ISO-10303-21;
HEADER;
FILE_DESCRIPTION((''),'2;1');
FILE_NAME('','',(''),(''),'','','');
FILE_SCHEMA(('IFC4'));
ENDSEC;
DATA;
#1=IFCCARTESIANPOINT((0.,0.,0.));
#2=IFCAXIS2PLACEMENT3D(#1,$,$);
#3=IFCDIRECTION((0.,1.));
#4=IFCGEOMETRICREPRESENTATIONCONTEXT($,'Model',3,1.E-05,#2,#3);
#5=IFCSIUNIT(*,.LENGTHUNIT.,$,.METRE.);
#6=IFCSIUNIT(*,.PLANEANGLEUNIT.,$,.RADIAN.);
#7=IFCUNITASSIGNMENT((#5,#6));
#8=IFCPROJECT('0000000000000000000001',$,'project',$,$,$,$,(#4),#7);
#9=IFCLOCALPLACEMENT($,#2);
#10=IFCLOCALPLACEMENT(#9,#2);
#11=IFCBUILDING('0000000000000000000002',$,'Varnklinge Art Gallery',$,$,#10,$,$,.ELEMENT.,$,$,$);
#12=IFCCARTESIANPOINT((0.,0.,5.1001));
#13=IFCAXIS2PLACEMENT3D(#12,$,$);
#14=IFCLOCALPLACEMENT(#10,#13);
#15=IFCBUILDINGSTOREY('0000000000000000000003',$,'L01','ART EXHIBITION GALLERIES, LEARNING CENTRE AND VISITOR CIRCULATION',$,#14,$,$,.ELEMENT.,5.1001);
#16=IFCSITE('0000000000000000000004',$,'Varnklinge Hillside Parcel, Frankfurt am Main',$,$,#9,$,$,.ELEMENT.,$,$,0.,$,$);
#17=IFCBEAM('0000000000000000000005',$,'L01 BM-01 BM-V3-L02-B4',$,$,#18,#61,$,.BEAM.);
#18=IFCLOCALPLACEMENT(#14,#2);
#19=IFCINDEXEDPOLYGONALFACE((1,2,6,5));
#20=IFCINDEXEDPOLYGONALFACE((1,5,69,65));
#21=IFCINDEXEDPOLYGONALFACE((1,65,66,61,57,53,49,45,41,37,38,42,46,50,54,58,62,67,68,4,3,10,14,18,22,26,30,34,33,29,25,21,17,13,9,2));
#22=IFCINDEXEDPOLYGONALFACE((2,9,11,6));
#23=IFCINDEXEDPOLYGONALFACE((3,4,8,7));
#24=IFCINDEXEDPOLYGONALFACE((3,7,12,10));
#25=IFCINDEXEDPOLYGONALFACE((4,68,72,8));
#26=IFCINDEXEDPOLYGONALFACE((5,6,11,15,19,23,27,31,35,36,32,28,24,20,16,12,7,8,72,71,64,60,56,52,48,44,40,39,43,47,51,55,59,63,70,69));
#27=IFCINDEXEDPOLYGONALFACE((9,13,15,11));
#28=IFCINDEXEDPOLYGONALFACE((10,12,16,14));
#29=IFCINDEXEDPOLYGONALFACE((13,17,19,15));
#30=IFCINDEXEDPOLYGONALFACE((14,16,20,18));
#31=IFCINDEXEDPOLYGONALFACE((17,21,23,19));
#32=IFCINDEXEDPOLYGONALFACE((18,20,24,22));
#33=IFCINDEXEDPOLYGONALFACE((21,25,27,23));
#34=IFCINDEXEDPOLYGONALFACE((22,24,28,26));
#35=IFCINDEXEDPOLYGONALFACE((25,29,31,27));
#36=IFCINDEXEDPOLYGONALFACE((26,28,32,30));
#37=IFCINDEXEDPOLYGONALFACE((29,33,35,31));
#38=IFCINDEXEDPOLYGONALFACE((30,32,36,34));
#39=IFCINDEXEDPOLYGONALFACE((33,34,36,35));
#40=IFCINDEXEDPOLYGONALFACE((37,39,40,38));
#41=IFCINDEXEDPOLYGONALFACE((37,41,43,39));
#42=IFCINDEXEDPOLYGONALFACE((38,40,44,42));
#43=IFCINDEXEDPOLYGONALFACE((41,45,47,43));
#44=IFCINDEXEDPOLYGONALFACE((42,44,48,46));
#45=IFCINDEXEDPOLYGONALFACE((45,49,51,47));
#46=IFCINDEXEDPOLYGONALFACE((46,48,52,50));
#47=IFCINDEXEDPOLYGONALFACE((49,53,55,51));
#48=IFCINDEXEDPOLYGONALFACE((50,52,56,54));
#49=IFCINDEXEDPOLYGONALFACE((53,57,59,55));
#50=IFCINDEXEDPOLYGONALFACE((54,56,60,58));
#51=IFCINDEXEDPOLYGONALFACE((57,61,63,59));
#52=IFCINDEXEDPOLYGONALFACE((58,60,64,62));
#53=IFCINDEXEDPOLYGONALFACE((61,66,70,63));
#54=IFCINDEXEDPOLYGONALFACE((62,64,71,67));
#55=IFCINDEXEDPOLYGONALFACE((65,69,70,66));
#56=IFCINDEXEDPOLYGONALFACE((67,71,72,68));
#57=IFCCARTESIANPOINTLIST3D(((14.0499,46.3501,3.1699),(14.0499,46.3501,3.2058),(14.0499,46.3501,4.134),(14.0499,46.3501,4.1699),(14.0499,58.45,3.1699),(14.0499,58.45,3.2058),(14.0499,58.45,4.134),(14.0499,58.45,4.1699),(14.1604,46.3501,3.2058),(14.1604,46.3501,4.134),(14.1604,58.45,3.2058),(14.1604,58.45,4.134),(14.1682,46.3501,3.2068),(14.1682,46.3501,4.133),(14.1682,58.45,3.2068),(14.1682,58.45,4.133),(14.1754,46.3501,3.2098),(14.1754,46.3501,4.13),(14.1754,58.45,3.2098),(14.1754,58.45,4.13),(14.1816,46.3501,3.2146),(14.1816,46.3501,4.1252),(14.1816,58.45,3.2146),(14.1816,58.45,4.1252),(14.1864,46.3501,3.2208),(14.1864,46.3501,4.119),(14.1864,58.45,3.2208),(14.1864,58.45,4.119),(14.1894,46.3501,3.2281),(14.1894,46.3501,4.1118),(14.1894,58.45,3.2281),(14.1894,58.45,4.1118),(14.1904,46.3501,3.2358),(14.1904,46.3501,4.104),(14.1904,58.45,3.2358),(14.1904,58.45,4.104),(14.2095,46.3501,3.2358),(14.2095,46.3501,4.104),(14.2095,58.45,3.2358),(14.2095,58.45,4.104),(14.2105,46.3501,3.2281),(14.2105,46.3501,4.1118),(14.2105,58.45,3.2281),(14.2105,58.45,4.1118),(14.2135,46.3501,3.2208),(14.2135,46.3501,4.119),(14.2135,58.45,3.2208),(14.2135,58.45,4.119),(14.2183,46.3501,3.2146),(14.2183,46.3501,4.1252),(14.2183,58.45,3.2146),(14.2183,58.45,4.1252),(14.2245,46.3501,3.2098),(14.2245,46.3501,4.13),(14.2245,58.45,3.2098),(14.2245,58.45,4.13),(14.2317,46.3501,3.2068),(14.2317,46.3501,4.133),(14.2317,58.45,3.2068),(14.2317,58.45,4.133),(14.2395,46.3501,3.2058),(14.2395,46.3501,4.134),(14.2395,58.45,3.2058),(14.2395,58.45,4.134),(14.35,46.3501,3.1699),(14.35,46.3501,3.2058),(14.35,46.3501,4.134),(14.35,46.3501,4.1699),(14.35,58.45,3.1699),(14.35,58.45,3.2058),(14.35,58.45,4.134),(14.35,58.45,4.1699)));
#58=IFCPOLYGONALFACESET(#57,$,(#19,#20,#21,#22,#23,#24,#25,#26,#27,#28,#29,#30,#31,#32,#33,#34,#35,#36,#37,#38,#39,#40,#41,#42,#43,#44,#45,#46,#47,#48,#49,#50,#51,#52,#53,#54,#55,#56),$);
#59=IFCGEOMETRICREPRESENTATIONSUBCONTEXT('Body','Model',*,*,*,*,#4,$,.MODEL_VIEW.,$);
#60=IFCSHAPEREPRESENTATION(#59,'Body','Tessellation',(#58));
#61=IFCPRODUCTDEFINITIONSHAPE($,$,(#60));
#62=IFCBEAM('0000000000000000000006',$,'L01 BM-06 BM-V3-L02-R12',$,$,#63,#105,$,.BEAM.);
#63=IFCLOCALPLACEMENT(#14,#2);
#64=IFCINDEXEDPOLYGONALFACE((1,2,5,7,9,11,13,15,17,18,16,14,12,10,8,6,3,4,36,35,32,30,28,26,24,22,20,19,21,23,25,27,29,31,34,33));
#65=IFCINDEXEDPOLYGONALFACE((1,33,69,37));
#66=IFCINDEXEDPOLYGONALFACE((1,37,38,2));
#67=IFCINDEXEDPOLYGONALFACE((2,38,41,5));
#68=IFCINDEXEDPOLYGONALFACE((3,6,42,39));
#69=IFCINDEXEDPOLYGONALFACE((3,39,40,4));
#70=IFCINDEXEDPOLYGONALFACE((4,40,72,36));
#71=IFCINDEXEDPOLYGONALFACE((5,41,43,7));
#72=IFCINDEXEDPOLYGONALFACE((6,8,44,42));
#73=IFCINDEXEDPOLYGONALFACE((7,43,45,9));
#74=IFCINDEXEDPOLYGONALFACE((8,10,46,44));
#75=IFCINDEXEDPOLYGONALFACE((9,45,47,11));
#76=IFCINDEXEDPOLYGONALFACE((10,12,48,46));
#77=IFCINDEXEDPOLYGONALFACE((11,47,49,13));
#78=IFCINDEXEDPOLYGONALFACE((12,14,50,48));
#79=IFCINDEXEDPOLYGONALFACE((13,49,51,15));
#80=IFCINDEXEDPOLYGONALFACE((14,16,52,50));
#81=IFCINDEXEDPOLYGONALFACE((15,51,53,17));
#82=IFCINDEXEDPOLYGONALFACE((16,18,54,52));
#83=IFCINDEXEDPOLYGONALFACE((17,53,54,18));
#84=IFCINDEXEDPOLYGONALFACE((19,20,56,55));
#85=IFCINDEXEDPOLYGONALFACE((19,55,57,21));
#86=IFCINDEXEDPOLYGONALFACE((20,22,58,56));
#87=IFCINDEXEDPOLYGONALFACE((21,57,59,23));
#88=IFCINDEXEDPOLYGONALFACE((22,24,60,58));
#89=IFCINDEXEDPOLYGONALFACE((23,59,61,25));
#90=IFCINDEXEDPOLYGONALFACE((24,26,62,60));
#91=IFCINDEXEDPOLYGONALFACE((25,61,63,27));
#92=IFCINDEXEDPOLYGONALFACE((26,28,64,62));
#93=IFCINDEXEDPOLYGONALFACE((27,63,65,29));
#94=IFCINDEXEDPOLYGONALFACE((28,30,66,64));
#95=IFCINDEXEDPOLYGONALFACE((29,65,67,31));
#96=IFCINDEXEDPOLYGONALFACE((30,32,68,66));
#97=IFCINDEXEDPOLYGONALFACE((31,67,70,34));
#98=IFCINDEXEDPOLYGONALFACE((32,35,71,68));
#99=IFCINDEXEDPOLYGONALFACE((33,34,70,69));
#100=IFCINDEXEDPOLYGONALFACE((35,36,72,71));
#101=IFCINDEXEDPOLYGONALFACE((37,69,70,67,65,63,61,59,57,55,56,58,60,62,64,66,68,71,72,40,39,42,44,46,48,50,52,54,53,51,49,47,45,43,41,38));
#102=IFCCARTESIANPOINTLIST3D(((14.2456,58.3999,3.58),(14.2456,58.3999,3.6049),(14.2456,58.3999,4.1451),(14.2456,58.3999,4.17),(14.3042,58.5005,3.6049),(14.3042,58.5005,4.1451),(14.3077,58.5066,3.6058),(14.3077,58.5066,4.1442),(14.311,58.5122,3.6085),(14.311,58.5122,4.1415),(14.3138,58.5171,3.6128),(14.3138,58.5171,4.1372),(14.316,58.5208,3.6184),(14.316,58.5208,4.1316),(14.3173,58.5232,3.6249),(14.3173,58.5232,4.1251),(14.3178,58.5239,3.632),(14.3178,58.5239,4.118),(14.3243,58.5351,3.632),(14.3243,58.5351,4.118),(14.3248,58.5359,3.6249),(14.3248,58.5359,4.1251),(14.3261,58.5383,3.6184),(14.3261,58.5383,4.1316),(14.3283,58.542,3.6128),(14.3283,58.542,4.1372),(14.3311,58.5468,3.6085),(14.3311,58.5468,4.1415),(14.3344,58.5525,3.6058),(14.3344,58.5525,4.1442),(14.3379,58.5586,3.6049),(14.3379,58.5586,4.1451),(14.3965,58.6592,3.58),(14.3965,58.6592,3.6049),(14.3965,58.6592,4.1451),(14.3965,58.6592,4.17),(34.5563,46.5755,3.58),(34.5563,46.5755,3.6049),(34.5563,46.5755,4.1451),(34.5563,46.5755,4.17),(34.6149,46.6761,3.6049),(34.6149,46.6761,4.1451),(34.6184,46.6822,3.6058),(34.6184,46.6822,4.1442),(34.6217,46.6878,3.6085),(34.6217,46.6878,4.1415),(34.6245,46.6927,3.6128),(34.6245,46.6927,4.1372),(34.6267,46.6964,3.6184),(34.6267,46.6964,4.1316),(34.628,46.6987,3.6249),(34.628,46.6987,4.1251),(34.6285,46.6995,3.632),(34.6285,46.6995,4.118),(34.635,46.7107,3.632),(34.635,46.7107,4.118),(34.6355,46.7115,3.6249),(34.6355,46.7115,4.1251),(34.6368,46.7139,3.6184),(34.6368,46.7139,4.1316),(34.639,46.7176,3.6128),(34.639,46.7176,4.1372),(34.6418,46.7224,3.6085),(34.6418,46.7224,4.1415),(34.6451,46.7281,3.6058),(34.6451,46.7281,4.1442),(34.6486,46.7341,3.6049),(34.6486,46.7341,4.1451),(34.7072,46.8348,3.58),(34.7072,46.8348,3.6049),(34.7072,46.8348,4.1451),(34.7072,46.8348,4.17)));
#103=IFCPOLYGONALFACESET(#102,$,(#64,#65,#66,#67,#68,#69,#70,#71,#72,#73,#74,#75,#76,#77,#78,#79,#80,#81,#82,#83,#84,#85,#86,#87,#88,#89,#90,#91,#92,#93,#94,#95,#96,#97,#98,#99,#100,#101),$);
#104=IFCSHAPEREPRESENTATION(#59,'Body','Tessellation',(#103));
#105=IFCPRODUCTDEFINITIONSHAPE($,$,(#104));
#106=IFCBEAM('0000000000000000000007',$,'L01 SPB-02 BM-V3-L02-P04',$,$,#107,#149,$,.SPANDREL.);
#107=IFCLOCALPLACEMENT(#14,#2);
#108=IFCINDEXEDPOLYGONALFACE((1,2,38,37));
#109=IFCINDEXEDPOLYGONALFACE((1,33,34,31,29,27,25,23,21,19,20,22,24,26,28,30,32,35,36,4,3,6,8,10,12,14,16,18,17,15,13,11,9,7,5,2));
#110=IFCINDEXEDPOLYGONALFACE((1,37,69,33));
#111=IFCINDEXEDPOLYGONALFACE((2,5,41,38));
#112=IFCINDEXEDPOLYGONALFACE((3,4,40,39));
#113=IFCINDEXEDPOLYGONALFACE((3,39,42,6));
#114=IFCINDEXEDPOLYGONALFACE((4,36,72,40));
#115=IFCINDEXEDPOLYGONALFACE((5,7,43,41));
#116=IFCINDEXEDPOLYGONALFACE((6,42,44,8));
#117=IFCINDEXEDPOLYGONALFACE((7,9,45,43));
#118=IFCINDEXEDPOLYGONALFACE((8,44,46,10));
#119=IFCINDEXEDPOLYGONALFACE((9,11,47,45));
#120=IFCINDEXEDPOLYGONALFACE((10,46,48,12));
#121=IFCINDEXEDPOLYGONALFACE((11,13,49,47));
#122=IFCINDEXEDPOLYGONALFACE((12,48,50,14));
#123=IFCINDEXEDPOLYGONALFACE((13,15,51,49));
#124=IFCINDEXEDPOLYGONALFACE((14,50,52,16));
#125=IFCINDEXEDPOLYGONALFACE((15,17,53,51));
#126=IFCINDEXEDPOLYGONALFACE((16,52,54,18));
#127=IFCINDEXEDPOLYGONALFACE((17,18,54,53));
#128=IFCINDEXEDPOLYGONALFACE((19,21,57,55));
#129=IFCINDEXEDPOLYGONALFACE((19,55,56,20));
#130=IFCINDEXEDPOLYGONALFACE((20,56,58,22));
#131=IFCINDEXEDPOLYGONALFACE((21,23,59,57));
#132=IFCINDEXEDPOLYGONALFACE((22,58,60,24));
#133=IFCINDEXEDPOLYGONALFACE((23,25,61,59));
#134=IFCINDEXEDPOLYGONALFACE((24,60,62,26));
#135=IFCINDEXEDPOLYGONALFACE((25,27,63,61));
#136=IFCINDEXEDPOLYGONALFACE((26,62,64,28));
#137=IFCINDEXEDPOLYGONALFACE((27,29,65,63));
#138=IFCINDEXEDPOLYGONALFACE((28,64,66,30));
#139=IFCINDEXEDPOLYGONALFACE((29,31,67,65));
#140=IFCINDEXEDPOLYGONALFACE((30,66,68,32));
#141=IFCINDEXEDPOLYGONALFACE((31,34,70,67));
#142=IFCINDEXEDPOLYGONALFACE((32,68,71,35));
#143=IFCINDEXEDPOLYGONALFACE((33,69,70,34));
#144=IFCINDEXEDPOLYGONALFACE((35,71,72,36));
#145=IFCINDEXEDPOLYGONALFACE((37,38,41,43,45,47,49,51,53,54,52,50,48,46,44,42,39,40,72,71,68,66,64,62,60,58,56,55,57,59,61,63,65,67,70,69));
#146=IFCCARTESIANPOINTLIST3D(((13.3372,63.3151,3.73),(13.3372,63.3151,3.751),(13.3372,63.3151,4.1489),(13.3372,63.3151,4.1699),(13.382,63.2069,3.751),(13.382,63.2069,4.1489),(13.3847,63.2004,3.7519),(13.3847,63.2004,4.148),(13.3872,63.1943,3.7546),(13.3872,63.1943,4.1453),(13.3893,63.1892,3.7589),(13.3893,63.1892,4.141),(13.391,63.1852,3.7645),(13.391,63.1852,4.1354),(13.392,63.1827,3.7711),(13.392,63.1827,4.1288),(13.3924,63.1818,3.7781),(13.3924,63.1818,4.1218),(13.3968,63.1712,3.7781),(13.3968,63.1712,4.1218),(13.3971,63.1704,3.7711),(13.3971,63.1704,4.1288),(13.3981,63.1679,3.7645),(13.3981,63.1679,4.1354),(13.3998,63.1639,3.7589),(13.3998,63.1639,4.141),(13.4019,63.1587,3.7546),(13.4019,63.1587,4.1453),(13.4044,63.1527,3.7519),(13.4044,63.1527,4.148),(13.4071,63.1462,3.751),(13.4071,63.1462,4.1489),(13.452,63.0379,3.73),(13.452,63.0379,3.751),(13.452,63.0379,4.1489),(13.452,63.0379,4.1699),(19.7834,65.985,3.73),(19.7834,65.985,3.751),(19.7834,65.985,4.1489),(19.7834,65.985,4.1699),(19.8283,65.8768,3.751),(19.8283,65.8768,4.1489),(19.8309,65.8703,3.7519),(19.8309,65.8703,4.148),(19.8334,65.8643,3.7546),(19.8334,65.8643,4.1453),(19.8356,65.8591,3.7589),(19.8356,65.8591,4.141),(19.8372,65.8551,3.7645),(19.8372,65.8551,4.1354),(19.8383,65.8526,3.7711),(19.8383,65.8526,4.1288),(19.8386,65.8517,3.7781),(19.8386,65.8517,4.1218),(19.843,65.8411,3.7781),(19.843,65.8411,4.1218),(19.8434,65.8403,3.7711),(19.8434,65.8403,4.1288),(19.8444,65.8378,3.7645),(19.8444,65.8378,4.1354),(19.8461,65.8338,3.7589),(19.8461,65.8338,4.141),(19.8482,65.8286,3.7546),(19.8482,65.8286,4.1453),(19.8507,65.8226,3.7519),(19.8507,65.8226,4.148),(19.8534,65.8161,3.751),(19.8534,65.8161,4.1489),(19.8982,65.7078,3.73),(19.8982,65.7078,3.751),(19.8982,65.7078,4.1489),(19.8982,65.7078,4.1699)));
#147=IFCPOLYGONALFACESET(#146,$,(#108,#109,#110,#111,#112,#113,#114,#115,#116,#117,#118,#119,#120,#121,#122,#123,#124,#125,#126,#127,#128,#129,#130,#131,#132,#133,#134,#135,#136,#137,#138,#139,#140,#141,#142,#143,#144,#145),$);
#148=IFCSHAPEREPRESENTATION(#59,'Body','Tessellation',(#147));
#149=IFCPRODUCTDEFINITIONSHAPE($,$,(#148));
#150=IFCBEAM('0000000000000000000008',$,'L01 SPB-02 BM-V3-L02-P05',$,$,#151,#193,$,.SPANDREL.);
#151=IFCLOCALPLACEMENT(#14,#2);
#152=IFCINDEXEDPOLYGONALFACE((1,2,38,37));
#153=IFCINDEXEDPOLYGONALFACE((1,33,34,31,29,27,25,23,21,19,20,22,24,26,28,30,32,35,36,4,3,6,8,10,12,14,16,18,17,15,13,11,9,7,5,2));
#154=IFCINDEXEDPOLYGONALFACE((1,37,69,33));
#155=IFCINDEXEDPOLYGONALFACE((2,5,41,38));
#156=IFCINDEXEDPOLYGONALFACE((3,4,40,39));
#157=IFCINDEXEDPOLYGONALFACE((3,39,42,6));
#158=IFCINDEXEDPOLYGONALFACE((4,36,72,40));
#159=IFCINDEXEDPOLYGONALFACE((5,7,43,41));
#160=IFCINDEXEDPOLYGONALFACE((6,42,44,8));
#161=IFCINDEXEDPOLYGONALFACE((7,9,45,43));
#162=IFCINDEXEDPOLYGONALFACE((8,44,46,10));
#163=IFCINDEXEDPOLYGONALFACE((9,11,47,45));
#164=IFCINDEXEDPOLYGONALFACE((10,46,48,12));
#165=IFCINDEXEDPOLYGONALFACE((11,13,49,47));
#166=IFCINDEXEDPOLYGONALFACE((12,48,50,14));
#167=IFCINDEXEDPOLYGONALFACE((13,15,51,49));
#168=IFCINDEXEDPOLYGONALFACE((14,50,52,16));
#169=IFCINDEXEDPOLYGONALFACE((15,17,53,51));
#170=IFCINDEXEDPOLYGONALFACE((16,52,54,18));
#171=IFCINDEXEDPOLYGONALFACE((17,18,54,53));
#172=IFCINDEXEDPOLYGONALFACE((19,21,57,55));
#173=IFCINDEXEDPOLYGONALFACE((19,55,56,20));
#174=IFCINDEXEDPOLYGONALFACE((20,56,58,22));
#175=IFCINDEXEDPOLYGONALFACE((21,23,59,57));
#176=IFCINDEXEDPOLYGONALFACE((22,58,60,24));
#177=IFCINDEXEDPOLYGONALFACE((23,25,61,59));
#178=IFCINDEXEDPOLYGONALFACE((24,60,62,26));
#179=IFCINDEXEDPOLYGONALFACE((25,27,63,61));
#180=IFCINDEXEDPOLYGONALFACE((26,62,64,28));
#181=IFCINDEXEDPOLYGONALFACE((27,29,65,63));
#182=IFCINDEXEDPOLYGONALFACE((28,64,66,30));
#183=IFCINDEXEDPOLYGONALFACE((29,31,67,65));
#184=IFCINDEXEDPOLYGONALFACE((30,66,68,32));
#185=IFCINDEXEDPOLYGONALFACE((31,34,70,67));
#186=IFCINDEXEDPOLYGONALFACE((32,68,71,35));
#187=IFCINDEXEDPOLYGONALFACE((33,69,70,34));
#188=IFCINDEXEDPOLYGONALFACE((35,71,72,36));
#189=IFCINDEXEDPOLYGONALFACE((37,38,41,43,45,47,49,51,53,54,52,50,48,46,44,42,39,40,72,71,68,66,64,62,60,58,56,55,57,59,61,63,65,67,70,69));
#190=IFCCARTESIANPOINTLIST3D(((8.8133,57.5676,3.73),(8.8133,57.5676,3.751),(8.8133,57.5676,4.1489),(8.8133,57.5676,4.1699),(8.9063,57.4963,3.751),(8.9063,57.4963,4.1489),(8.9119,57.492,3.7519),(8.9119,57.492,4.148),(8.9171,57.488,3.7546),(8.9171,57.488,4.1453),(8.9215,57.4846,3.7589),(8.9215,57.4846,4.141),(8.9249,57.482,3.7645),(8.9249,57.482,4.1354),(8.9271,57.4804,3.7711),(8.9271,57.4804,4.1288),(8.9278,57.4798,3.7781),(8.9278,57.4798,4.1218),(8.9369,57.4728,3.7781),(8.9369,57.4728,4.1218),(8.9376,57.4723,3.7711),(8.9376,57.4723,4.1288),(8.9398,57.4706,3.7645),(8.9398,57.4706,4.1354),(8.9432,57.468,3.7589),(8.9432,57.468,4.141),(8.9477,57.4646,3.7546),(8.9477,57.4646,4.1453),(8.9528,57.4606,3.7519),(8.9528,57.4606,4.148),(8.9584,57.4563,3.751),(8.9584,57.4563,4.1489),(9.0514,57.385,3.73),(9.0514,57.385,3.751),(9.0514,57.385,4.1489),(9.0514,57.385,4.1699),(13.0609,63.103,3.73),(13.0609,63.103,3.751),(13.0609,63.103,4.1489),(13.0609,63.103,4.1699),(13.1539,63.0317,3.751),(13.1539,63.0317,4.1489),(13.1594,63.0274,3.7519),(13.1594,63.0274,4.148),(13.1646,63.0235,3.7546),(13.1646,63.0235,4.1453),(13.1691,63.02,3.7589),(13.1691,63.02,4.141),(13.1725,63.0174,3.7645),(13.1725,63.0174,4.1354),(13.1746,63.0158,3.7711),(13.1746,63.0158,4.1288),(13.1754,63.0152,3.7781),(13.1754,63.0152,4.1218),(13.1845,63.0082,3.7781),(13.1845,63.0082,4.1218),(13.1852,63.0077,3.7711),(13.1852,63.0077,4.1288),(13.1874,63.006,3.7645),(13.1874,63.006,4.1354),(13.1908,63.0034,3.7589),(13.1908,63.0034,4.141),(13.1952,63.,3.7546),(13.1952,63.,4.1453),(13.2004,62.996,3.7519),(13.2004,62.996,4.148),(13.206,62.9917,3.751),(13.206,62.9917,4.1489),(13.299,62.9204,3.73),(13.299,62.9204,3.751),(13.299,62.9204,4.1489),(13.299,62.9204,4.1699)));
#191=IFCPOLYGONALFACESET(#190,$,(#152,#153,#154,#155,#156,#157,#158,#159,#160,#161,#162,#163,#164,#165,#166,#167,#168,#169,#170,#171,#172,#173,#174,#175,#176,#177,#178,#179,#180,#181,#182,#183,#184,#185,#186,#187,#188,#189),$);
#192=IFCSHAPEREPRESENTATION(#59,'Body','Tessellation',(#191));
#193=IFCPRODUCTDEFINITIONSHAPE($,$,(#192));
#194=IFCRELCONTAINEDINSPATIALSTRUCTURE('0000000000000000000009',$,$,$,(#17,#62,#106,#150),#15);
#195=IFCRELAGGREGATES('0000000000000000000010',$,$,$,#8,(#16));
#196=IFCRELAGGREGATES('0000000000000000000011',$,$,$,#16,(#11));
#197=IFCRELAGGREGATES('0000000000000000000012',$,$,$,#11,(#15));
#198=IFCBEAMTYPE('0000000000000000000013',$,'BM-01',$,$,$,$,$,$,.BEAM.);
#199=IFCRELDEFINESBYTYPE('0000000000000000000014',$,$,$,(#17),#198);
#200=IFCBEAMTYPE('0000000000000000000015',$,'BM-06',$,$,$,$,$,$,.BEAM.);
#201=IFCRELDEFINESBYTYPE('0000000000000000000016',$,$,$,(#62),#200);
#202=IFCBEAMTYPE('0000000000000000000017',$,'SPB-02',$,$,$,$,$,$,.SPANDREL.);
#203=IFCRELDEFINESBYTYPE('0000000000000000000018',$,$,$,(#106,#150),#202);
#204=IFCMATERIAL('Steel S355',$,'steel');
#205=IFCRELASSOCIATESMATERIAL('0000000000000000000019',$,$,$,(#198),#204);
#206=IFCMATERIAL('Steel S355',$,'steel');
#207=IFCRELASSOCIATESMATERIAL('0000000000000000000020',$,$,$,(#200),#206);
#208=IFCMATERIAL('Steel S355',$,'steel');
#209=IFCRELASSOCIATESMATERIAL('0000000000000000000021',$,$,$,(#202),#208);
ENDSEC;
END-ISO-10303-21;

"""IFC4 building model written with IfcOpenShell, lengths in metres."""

from ifc_helpers import new_model, si_unit, direction, frame, origin, origin_2d, place, context, subcontext, project, spatial, i_section, extrude, material, material_profile, profile_set, type_object, element, save


model = new_model("IFC4")

# Units and contexts
model_context = context("Model", 3, precision=1e-05, world=origin(), true_north=direction((0.0, 1.0)))
body_context = subcontext(model_context, "Body", "Model", "MODEL_VIEW")
ifc_project = project(units=[si_unit("LENGTHUNIT", "METRE"), si_unit("PLANEANGLEUNIT", "RADIAN")], contexts=[model_context])

# Site, building, storey
site_placement = place(None, origin())
site = spatial("IfcSite", under=ifc_project, at=site_placement, Name="Varnklinge Hillside Parcel, Frankfurt am Main", CompositionType="ELEMENT", RefElevation=0.0)
building_placement = place(site_placement, origin())
building = spatial("IfcBuilding", under=site, at=building_placement, Name="Varnklinge Art Gallery", CompositionType="ELEMENT")
storey_placement = place(building_placement, frame((0.0, 0.0, 5.1001)))
storey = spatial("IfcBuildingStorey", under=building, at=storey_placement, Name="L01", Description="ART EXHIBITION GALLERIES, LEARNING CENTRE AND VISITOR CIRCULATION", CompositionType="ELEMENT", Elevation=5.1001)

# Beams
ifc_material_1 = material(Name="Steel S355", Category="steel")
ifc_material_profile_1 = material_profile(ifc_material_1, i_section(OverallWidth=0.3, OverallDepth=1.0, WebThickness=0.019, FlangeThickness=0.0359, FilletRadius=0.03, at=origin_2d()), Name="HEB 1000")
ifc_profile_set_1 = profile_set([ifc_material_profile_1], Name="Steel S355")
beam_type_1 = type_object("IfcBeamType", Name="BM-01", PredefinedType="BEAM", material=ifc_profile_set_1)
beam_1_placement = place(storey_placement, frame((14.2, 58.45, 3.6699), z_axis=(0.0, -1.0, 0.0), x_axis=(1.0, 0.0, 0.0)))
element("IfcBeam", 1, at=beam_1_placement, inside=storey, type_object=beam_type_1, Name="L01 BM-01 BM-V3-L02-B4", PredefinedType="BEAM", context=body_context, shape_type="SweptSolid", body=[
    extrude(i_section(OverallWidth=0.3, OverallDepth=1.0, WebThickness=0.019, FlangeThickness=0.0359, FilletRadius=0.03, at=origin_2d()), origin(), (0.0, 0.0, 1.0), 12.0999),
])
ifc_material_2 = material(Name="Steel S355", Category="steel")
ifc_material_profile_2 = material_profile(ifc_material_2, i_section(OverallWidth=0.3, OverallDepth=0.5901, WebThickness=0.0129, FlangeThickness=0.0249, FilletRadius=0.0271, at=origin_2d()), Name="HEA 600")
ifc_profile_set_2 = profile_set([ifc_material_profile_2], Name="Steel S355")
beam_type_2 = type_object("IfcBeamType", Name="BM-06", PredefinedType="BEAM", material=ifc_profile_set_2)
beam_2_placement = place(storey_placement, frame((14.321, 58.5295, 3.875), z_axis=(0.864214, -0.503125, 0.0), x_axis=(0.503125, 0.864214, 0.0)))
element("IfcBeam", 2, at=beam_2_placement, inside=storey, type_object=beam_type_2, Name="L01 BM-06 BM-V3-L02-R12", PredefinedType="BEAM", context=body_context, shape_type="SweptSolid", body=[
    extrude(i_section(OverallWidth=0.3, OverallDepth=0.5901, WebThickness=0.0129, FlangeThickness=0.0249, FilletRadius=0.0271, at=origin_2d()), origin(), (0.0, 0.0, 1.0), 23.502),
])
ifc_material_3 = material(Name="Steel S355", Category="steel")
ifc_material_profile_3 = material_profile(ifc_material_3, i_section(OverallWidth=0.3, OverallDepth=0.4399, WebThickness=0.0115, FlangeThickness=0.021, FilletRadius=0.0271, at=origin_2d()), Name="HEA 450")
ifc_profile_set_3 = profile_set([ifc_material_profile_3], Name="Steel S355")
beam_type_3 = type_object("IfcBeamType", Name="SPB-02", PredefinedType="SPANDREL", material=ifc_profile_set_3)
for number, where, z_axis, x_axis, name in (
    (3, (19.8408, 65.8464, 3.95), (-0.923891, -0.382657, 0.0), (0.382657, -0.923891, 0.0), "L01 SPB-02 BM-V3-L02-P04"),
    (4, (13.1799, 63.0117, 3.95), (-0.60877, -0.793347, 0.0), (0.793347, -0.60877, 0.0), "L01 SPB-02 BM-V3-L02-P05"),
):
    element("IfcBeam", number, at=place(storey_placement, frame(where, z_axis=z_axis, x_axis=x_axis)), inside=storey, type_object=beam_type_3, Name=name, PredefinedType="SPANDREL", context=body_context, shape_type="SweptSolid", body=[
        extrude(i_section(OverallWidth=0.3, OverallDepth=0.4399, WebThickness=0.0115, FlangeThickness=0.021, FilletRadius=0.0271, at=origin_2d()), origin(), (0.0, 0.0, 1.0), 6.9773),
    ])

save(model, "model.ifc")
